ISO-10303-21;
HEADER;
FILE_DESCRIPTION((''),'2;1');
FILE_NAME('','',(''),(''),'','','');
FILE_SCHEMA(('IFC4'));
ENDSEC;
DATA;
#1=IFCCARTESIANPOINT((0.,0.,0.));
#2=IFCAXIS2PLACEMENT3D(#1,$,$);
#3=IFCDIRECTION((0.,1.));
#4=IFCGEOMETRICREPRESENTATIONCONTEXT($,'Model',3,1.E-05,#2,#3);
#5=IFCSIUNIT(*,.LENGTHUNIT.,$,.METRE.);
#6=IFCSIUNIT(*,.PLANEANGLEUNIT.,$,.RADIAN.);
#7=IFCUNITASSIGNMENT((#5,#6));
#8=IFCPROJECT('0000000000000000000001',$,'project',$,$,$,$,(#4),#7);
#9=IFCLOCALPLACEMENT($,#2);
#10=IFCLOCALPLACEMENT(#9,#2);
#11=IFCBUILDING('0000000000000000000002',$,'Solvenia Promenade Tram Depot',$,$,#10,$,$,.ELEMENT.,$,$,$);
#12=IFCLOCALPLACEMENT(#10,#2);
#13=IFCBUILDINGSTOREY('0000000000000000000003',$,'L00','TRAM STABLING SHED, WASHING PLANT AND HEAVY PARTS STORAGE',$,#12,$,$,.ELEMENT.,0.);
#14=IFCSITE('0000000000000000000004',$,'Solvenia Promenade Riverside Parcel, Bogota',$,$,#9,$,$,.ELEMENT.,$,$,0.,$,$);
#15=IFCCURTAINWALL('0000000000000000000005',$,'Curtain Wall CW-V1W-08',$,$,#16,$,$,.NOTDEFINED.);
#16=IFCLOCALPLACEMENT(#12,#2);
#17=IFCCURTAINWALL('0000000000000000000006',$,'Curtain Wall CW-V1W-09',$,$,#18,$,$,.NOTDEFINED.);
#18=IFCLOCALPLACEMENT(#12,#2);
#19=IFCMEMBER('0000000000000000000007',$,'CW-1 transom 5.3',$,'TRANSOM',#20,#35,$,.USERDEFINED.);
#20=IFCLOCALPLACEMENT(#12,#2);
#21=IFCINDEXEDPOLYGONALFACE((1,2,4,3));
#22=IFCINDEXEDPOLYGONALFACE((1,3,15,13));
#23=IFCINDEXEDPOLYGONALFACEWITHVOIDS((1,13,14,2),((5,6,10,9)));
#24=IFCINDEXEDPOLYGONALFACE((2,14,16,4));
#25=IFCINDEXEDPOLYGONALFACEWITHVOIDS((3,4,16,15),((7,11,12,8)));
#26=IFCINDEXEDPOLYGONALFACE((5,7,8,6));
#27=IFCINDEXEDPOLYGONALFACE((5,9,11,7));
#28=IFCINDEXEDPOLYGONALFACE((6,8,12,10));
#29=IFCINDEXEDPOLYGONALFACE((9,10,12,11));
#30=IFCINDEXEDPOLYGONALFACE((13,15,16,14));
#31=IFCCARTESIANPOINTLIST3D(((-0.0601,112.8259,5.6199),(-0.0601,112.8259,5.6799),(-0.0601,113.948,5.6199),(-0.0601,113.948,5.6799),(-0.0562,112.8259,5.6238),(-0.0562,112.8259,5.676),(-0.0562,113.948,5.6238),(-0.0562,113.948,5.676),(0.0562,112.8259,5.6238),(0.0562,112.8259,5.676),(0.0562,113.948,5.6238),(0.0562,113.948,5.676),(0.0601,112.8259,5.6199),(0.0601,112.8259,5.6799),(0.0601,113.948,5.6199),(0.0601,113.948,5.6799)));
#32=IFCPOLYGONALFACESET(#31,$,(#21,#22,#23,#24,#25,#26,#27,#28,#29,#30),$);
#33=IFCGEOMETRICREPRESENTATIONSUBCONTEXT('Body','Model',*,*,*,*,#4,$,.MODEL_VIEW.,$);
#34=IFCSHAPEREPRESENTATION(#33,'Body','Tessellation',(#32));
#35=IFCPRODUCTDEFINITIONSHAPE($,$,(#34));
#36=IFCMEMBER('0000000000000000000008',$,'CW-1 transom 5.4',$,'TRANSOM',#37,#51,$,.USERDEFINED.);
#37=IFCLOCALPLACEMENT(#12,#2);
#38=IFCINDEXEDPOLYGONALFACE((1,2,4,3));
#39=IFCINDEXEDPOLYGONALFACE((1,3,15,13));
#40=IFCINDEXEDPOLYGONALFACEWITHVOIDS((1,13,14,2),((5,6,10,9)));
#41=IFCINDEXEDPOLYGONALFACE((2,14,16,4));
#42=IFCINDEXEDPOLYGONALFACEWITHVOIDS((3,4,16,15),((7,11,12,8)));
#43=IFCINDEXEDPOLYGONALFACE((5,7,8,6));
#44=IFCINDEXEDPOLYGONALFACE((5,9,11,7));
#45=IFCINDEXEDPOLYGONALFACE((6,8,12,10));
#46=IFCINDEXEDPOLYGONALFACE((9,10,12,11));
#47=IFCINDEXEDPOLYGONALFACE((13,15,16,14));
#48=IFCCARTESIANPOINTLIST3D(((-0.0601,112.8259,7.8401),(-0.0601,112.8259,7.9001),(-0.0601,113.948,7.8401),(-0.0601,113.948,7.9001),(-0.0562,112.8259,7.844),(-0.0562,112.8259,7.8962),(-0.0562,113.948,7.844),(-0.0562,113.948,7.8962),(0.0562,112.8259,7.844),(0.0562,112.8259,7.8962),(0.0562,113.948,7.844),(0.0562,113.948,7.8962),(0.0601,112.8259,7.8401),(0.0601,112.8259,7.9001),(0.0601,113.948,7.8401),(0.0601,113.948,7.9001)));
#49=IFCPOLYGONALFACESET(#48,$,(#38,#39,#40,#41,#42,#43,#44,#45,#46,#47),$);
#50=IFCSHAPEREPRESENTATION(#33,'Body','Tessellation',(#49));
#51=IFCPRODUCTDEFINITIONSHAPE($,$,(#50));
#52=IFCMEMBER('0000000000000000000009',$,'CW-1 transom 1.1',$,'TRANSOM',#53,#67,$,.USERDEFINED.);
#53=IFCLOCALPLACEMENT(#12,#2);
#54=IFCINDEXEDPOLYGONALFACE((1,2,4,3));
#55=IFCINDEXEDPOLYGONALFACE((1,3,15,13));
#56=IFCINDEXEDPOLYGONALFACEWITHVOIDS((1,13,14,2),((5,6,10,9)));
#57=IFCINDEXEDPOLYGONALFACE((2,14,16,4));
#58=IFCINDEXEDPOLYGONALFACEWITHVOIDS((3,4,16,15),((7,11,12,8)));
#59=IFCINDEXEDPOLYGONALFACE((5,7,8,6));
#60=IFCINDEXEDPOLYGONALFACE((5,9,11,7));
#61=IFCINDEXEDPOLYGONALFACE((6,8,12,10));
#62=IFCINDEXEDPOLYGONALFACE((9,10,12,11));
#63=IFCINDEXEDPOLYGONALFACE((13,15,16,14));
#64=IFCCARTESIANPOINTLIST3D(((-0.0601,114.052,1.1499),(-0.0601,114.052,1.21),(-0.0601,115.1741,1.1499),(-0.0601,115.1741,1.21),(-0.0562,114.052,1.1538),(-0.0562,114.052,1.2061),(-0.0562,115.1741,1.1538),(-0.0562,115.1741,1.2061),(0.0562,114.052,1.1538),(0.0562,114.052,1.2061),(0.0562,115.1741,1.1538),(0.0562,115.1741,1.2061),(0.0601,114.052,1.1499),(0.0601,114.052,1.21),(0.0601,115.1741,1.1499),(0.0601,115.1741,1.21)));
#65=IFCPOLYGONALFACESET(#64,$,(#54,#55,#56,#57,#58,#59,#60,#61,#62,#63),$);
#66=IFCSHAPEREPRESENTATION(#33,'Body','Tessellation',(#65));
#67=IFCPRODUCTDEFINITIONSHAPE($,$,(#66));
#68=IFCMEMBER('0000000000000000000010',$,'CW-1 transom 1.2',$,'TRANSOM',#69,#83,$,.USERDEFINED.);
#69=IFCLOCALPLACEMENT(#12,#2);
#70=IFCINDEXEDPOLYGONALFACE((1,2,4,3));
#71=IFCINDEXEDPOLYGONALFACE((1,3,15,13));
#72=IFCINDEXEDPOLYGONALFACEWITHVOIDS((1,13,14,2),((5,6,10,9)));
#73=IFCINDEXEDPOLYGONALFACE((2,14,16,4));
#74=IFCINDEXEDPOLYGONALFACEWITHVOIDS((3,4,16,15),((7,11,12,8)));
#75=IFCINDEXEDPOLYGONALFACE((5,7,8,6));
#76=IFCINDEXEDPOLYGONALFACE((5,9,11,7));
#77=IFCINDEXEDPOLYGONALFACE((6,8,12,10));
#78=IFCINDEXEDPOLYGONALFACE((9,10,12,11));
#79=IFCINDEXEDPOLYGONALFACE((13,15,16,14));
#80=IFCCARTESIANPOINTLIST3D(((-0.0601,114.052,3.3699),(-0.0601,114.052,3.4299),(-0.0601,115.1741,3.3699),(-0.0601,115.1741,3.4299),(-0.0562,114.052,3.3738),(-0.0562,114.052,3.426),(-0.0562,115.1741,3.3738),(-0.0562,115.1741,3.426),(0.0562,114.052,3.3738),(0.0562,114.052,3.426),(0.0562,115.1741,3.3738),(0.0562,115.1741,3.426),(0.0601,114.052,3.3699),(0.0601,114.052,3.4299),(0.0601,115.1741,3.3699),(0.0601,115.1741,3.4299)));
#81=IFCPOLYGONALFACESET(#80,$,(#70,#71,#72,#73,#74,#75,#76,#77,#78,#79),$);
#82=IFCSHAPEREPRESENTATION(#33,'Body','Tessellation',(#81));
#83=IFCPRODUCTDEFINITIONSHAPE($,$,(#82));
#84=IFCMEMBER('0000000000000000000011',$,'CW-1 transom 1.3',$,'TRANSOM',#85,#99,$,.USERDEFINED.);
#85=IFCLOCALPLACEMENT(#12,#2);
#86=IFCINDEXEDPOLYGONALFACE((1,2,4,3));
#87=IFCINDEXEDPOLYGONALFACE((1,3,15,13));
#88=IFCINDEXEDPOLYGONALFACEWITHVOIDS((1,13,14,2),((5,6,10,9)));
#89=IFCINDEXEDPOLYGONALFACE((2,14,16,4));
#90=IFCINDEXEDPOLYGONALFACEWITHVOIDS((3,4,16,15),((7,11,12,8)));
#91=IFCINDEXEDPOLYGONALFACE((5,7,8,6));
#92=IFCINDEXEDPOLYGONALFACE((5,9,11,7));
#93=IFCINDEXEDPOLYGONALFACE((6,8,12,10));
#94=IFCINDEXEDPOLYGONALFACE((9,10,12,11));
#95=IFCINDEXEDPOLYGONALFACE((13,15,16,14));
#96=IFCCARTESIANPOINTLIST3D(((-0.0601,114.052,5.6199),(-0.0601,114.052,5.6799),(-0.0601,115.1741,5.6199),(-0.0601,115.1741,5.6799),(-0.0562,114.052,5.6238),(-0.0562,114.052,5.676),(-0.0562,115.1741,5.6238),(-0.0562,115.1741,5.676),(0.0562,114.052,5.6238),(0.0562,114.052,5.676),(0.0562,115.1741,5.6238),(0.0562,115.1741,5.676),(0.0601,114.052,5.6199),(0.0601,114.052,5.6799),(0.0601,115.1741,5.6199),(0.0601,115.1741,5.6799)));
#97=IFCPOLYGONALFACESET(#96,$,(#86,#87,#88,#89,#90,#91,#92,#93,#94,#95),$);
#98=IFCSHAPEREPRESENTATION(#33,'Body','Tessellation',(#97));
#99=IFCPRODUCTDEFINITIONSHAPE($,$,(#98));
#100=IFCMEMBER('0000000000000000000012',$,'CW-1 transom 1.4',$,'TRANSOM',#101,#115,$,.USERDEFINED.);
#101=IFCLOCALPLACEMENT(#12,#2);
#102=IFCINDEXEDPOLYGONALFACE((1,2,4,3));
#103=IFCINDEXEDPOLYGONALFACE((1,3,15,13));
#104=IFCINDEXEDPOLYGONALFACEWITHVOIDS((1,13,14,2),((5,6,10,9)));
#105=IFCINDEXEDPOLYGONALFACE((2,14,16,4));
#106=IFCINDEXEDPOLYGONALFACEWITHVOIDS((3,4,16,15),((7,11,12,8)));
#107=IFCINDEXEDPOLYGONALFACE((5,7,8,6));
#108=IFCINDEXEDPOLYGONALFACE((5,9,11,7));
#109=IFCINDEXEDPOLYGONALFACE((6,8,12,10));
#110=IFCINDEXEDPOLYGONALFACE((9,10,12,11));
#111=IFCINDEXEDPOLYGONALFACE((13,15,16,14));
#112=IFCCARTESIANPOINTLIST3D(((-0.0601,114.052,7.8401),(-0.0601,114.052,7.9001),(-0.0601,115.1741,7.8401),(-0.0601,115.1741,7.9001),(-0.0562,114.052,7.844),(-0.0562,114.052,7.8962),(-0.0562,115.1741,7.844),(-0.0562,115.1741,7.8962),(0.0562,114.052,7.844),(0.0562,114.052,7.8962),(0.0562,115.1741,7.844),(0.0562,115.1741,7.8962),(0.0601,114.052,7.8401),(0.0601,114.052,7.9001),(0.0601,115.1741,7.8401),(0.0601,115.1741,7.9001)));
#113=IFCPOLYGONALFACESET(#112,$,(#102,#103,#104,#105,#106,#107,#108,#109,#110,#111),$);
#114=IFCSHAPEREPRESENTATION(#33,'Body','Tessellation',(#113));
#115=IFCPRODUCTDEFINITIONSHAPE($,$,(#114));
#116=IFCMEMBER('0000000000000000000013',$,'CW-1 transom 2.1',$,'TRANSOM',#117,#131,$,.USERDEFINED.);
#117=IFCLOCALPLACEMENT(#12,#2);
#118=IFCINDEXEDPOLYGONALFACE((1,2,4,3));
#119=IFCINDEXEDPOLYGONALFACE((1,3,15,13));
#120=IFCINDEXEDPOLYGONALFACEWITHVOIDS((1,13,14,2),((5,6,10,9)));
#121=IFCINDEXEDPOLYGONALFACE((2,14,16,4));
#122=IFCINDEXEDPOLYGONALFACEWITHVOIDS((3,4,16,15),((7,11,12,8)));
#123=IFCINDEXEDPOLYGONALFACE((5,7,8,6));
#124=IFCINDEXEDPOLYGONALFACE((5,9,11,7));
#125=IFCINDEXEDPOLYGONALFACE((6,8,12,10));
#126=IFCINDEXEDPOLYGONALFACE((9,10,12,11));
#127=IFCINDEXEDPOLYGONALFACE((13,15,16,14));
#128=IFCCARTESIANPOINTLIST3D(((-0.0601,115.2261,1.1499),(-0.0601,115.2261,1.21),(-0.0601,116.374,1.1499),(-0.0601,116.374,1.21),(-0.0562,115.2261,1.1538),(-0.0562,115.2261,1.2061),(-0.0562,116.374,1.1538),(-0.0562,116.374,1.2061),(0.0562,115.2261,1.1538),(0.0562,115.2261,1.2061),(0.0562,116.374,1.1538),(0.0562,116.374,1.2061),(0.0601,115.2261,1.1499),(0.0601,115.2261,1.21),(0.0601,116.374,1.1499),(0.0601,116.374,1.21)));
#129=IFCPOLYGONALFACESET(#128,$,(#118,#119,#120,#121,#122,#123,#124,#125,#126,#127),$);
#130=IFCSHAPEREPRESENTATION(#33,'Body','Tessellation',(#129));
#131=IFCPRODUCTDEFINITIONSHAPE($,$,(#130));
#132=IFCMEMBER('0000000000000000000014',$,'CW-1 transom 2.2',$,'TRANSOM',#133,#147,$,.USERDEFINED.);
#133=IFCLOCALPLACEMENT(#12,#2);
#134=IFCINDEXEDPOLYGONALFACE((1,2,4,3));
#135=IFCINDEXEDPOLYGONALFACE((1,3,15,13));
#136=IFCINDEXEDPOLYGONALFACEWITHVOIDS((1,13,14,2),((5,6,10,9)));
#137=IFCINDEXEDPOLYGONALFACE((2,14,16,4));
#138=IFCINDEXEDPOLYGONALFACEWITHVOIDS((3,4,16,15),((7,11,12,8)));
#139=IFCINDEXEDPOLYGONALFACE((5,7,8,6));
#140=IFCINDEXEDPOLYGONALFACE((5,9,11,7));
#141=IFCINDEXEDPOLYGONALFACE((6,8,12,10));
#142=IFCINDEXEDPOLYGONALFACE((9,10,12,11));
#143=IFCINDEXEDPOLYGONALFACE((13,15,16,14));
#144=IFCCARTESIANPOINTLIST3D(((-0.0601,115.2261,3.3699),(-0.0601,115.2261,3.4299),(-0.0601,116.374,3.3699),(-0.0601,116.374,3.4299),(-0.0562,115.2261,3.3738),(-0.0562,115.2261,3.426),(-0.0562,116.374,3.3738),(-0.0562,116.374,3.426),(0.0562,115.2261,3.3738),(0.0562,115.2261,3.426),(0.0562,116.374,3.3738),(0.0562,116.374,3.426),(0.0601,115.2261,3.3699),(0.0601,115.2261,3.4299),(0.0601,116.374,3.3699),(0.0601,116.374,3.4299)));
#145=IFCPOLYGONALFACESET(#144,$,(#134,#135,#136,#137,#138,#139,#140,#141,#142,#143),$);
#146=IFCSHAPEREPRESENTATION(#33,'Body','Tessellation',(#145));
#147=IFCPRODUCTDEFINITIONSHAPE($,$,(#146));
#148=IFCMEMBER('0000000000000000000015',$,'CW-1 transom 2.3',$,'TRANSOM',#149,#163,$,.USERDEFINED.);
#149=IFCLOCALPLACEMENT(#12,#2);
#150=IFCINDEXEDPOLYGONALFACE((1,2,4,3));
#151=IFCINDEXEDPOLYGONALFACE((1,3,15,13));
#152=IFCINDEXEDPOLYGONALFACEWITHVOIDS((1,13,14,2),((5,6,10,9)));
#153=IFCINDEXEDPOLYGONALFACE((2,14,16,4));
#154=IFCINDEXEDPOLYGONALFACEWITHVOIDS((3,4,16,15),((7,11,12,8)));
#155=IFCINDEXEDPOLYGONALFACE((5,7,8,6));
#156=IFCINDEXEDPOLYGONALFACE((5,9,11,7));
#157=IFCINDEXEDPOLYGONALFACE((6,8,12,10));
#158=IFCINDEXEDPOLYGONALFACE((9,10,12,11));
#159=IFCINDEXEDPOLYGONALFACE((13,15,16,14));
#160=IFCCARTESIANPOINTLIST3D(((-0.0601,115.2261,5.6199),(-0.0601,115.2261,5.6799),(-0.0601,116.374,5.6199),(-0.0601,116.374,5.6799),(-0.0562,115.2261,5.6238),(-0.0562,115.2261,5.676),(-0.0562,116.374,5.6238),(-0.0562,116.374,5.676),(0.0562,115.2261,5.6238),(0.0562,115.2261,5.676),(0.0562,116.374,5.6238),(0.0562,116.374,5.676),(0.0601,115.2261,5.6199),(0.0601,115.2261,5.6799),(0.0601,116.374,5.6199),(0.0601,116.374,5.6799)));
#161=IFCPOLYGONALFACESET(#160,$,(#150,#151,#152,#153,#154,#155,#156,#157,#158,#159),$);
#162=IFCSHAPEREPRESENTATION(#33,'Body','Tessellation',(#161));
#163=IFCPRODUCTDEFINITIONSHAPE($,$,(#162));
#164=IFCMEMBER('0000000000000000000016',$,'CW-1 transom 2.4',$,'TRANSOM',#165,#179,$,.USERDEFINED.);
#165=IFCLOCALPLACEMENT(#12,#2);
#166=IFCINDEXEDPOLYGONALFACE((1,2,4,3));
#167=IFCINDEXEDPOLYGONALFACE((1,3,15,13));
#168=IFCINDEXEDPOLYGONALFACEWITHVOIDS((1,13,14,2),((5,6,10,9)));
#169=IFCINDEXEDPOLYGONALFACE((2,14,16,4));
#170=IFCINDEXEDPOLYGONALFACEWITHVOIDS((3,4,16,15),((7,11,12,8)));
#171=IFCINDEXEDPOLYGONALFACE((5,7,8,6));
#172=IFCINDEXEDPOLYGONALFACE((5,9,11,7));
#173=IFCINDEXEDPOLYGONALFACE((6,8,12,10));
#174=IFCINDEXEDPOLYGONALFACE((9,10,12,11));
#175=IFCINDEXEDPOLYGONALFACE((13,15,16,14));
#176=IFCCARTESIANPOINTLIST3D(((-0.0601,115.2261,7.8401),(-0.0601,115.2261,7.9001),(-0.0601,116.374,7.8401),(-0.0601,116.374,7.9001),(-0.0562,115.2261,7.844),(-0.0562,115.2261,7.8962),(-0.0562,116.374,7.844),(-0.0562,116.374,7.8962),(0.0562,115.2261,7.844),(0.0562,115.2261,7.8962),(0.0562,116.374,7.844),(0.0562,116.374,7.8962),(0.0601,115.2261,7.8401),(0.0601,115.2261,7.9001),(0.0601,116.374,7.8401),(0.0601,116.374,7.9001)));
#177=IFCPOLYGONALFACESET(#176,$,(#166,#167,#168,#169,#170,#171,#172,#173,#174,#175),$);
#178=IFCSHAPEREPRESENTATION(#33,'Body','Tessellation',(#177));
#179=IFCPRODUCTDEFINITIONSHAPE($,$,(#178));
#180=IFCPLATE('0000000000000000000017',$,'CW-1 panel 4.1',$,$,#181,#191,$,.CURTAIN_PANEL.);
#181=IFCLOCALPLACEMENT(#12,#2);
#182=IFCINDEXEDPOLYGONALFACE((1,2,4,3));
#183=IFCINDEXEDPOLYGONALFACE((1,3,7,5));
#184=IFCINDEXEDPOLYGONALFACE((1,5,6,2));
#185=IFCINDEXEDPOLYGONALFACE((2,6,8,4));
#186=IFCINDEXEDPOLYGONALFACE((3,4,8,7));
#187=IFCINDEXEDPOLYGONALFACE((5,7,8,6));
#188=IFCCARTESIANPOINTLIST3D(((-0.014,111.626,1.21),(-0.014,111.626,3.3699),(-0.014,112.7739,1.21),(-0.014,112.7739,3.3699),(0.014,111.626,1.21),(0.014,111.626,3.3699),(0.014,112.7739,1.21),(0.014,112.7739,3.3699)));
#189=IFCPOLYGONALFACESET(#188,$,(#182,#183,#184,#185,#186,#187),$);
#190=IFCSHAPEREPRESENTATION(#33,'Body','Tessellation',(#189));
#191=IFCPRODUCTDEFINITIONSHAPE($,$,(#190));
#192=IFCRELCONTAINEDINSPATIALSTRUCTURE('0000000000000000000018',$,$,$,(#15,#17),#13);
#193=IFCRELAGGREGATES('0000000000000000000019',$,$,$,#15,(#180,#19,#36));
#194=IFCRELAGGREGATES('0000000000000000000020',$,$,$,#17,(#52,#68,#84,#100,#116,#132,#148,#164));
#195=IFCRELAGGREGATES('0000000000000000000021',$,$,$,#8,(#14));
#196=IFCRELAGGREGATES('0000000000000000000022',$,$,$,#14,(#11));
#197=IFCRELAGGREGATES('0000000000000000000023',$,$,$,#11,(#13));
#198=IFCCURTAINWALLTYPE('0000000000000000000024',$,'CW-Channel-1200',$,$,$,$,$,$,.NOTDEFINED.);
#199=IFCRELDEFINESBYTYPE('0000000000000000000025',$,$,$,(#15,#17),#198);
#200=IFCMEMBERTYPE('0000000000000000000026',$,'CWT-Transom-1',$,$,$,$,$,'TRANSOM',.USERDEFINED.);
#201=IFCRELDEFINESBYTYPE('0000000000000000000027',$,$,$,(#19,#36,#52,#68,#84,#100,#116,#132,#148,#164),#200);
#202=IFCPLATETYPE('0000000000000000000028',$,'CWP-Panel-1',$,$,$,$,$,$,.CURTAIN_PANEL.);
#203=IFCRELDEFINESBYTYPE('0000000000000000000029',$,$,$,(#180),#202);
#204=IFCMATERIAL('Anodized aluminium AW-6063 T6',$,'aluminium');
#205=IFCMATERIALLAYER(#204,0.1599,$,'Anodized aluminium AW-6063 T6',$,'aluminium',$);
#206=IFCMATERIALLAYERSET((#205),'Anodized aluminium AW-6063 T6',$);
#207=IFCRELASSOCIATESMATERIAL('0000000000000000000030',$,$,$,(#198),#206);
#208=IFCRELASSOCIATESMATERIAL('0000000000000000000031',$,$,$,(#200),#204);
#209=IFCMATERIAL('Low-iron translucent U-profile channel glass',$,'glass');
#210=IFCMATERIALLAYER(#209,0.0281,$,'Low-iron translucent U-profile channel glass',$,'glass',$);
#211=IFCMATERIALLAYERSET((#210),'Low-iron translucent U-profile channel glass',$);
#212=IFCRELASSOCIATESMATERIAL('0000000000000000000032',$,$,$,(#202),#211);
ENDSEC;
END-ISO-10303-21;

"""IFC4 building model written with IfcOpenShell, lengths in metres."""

from ifc_helpers import new_model, si_unit, direction, frame, origin, origin_2d, place, context, subcontext, project, spatial, rectangle, hollow_rectangle, extrude, material, layer, layer_set, material_profile, profile_set, type_object, element, aggregate, save


model = new_model("IFC4")

# Units and contexts
model_context = context("Model", 3, precision=1e-05, world=origin(), true_north=direction((0.0, 1.0)))
body_context = subcontext(model_context, "Body", "Model", "MODEL_VIEW")
ifc_project = project(units=[si_unit("LENGTHUNIT", "METRE"), si_unit("PLANEANGLEUNIT", "RADIAN")], contexts=[model_context])

# Site, building, storey
site_placement = place(None, origin())
site = spatial("IfcSite", under=ifc_project, at=site_placement, Name="Solvenia Promenade Riverside Parcel, Bogota", CompositionType="ELEMENT", RefElevation=0.0)
building_placement = place(site_placement, origin())
building = spatial("IfcBuilding", under=site, at=building_placement, Name="Solvenia Promenade Tram Depot", CompositionType="ELEMENT")
storey_placement = place(building_placement, origin())
storey = spatial("IfcBuildingStorey", under=building, at=storey_placement, Name="L00", Description="TRAM STABLING SHED, WASHING PLANT AND HEAVY PARTS STORAGE", CompositionType="ELEMENT", Elevation=0.0)

# Curtain walls
ifc_material_1 = material(Name="Anodized aluminium AW-6063 T6", Category="aluminium")
ifc_layer_1 = layer(ifc_material_1, 0.1599, Name="Anodized aluminium AW-6063 T6", Category="aluminium")
ifc_layer_set_1 = layer_set([ifc_layer_1], Name="Anodized aluminium AW-6063 T6")
curtain_wall_type = type_object("IfcCurtainWallType", Name="CW-Channel-1200", PredefinedType="NOTDEFINED", material=ifc_layer_set_1)
curtain_wall_1_placement = place(storey_placement, origin())
curtain_wall_1 = element("IfcCurtainWall", 1, at=curtain_wall_1_placement, inside=storey, type_object=curtain_wall_type, Name="Curtain Wall CW-V1W-08", PredefinedType="NOTDEFINED")
curtain_wall_2_placement = place(storey_placement, origin())
curtain_wall_2 = element("IfcCurtainWall", 2, at=curtain_wall_2_placement, inside=storey, type_object=curtain_wall_type, Name="Curtain Wall CW-V1W-09", PredefinedType="NOTDEFINED")

# Members
ifc_material_profile_1 = material_profile(ifc_material_1, hollow_rectangle(XDim=0.1201, YDim=0.0601, WallThickness=0.0039, at=origin_2d()), Name="ALU-T1", Category="aluminium")
ifc_profile_set_1 = profile_set([ifc_material_profile_1], Name="Anodized aluminium AW-6063 T6")
member_type_1 = type_object("IfcMemberType", Name="CWT-Transom-1", ElementType="TRANSOM", PredefinedType="USERDEFINED", material=ifc_profile_set_1)
member_1_placement = place(storey_placement, frame((0.0, 112.8259, 5.6499), z_axis=(0.0, 1.0, 0.0), x_axis=(-1.0, 0.0, 0.0)))
member_1 = element("IfcMember", 3, at=member_1_placement, type_object=member_type_1, Name="CW-1 transom 5.3", ObjectType="TRANSOM", PredefinedType="USERDEFINED", context=body_context, shape_type="SweptSolid", body=[
    extrude(hollow_rectangle(XDim=0.1201, YDim=0.0601, WallThickness=0.0039, at=origin_2d()), origin(), (0.0, 0.0, 1.0), 1.1221),
])
member_2_placement = place(storey_placement, frame((0.0, 112.8259, 7.8701), z_axis=(0.0, 1.0, 0.0), x_axis=(-1.0, 0.0, 0.0)))
member_2 = element("IfcMember", 4, at=member_2_placement, type_object=member_type_1, Name="CW-1 transom 5.4", ObjectType="TRANSOM", PredefinedType="USERDEFINED", context=body_context, shape_type="SweptSolid", body=[
    extrude(hollow_rectangle(XDim=0.1201, YDim=0.0601, WallThickness=0.0039, at=origin_2d()), origin(), (0.0, 0.0, 1.0), 1.1221),
])
member_3_placement = place(storey_placement, frame((0.0, 114.052, 1.1799), z_axis=(0.0, 1.0, 0.0), x_axis=(-1.0, 0.0, 0.0)))
member_3 = element("IfcMember", 5, at=member_3_placement, type_object=member_type_1, Name="CW-1 transom 1.1", ObjectType="TRANSOM", PredefinedType="USERDEFINED", context=body_context, shape_type="SweptSolid", body=[
    extrude(hollow_rectangle(XDim=0.1201, YDim=0.0601, WallThickness=0.0039, at=origin_2d()), origin(), (0.0, 0.0, 1.0), 1.1221),
])
member_4_placement = place(storey_placement, frame((0.0, 114.052, 3.3999), z_axis=(0.0, 1.0, 0.0), x_axis=(-1.0, 0.0, 0.0)))
member_4 = element("IfcMember", 6, at=member_4_placement, type_object=member_type_1, Name="CW-1 transom 1.2", ObjectType="TRANSOM", PredefinedType="USERDEFINED", context=body_context, shape_type="SweptSolid", body=[
    extrude(hollow_rectangle(XDim=0.1201, YDim=0.0601, WallThickness=0.0039, at=origin_2d()), origin(), (0.0, 0.0, 1.0), 1.1221),
])
member_5_placement = place(storey_placement, frame((0.0, 114.052, 5.6499), z_axis=(0.0, 1.0, 0.0), x_axis=(-1.0, 0.0, 0.0)))
member_5 = element("IfcMember", 7, at=member_5_placement, type_object=member_type_1, Name="CW-1 transom 1.3", ObjectType="TRANSOM", PredefinedType="USERDEFINED", context=body_context, shape_type="SweptSolid", body=[
    extrude(hollow_rectangle(XDim=0.1201, YDim=0.0601, WallThickness=0.0039, at=origin_2d()), origin(), (0.0, 0.0, 1.0), 1.1221),
])
member_6_placement = place(storey_placement, frame((0.0, 114.052, 7.8701), z_axis=(0.0, 1.0, 0.0), x_axis=(-1.0, 0.0, 0.0)))
member_6 = element("IfcMember", 8, at=member_6_placement, type_object=member_type_1, Name="CW-1 transom 1.4", ObjectType="TRANSOM", PredefinedType="USERDEFINED", context=body_context, shape_type="SweptSolid", body=[
    extrude(hollow_rectangle(XDim=0.1201, YDim=0.0601, WallThickness=0.0039, at=origin_2d()), origin(), (0.0, 0.0, 1.0), 1.1221),
])
member_7_placement = place(storey_placement, frame((0.0, 115.2261, 1.1799), z_axis=(0.0, 1.0, 0.0), x_axis=(-1.0, 0.0, 0.0)))
member_7 = element("IfcMember", 9, at=member_7_placement, type_object=member_type_1, Name="CW-1 transom 2.1", ObjectType="TRANSOM", PredefinedType="USERDEFINED", context=body_context, shape_type="SweptSolid", body=[
    extrude(hollow_rectangle(XDim=0.1201, YDim=0.0601, WallThickness=0.0039, at=origin_2d()), origin(), (0.0, 0.0, 1.0), 1.1479),
])
member_8_placement = place(storey_placement, frame((0.0, 115.2261, 3.3999), z_axis=(0.0, 1.0, 0.0), x_axis=(-1.0, 0.0, 0.0)))
member_8 = element("IfcMember", 10, at=member_8_placement, type_object=member_type_1, Name="CW-1 transom 2.2", ObjectType="TRANSOM", PredefinedType="USERDEFINED", context=body_context, shape_type="SweptSolid", body=[
    extrude(hollow_rectangle(XDim=0.1201, YDim=0.0601, WallThickness=0.0039, at=origin_2d()), origin(), (0.0, 0.0, 1.0), 1.1479),
])
member_9_placement = place(storey_placement, frame((0.0, 115.2261, 5.6499), z_axis=(0.0, 1.0, 0.0), x_axis=(-1.0, 0.0, 0.0)))
member_9 = element("IfcMember", 11, at=member_9_placement, type_object=member_type_1, Name="CW-1 transom 2.3", ObjectType="TRANSOM", PredefinedType="USERDEFINED", context=body_context, shape_type="SweptSolid", body=[
    extrude(hollow_rectangle(XDim=0.1201, YDim=0.0601, WallThickness=0.0039, at=origin_2d()), origin(), (0.0, 0.0, 1.0), 1.1479),
])
member_10_placement = place(storey_placement, frame((0.0, 115.2261, 7.8701), z_axis=(0.0, 1.0, 0.0), x_axis=(-1.0, 0.0, 0.0)))
member_10 = element("IfcMember", 12, at=member_10_placement, type_object=member_type_1, Name="CW-1 transom 2.4", ObjectType="TRANSOM", PredefinedType="USERDEFINED", context=body_context, shape_type="SweptSolid", body=[
    extrude(hollow_rectangle(XDim=0.1201, YDim=0.0601, WallThickness=0.0039, at=origin_2d()), origin(), (0.0, 0.0, 1.0), 1.1479),
])

# Plate
ifc_material_2 = material(Name="Low-iron translucent U-profile channel glass", Category="glass")
ifc_layer_2 = layer(ifc_material_2, 0.0281, Name="Low-iron translucent U-profile channel glass", Category="glass")
ifc_layer_set_2 = layer_set([ifc_layer_2], Name="Low-iron translucent U-profile channel glass")
plate_type = type_object("IfcPlateType", Name="CWP-Panel-1", PredefinedType="CURTAIN_PANEL", material=ifc_layer_set_2)
plate_1_placement = place(storey_placement, frame((0.0, 112.2, 1.21), z_axis=(0.0, 0.0, 1.0), x_axis=(0.0, 1.0, 0.0)))
plate_1 = element("IfcPlate", 13, at=plate_1_placement, type_object=plate_type, Name="CW-1 panel 4.1", PredefinedType="CURTAIN_PANEL", context=body_context, shape_type="SweptSolid", body=[
    extrude(rectangle(XDim=1.1479, YDim=0.0281, at=origin_2d()), origin(), (0.0, 0.0, 1.0), 2.1599),
])
aggregate(curtain_wall_1, [plate_1, member_1, member_2])
aggregate(curtain_wall_2, [member_3, member_4, member_5, member_6, member_7, member_8, member_9, member_10])

save(model, "model.ifc")
